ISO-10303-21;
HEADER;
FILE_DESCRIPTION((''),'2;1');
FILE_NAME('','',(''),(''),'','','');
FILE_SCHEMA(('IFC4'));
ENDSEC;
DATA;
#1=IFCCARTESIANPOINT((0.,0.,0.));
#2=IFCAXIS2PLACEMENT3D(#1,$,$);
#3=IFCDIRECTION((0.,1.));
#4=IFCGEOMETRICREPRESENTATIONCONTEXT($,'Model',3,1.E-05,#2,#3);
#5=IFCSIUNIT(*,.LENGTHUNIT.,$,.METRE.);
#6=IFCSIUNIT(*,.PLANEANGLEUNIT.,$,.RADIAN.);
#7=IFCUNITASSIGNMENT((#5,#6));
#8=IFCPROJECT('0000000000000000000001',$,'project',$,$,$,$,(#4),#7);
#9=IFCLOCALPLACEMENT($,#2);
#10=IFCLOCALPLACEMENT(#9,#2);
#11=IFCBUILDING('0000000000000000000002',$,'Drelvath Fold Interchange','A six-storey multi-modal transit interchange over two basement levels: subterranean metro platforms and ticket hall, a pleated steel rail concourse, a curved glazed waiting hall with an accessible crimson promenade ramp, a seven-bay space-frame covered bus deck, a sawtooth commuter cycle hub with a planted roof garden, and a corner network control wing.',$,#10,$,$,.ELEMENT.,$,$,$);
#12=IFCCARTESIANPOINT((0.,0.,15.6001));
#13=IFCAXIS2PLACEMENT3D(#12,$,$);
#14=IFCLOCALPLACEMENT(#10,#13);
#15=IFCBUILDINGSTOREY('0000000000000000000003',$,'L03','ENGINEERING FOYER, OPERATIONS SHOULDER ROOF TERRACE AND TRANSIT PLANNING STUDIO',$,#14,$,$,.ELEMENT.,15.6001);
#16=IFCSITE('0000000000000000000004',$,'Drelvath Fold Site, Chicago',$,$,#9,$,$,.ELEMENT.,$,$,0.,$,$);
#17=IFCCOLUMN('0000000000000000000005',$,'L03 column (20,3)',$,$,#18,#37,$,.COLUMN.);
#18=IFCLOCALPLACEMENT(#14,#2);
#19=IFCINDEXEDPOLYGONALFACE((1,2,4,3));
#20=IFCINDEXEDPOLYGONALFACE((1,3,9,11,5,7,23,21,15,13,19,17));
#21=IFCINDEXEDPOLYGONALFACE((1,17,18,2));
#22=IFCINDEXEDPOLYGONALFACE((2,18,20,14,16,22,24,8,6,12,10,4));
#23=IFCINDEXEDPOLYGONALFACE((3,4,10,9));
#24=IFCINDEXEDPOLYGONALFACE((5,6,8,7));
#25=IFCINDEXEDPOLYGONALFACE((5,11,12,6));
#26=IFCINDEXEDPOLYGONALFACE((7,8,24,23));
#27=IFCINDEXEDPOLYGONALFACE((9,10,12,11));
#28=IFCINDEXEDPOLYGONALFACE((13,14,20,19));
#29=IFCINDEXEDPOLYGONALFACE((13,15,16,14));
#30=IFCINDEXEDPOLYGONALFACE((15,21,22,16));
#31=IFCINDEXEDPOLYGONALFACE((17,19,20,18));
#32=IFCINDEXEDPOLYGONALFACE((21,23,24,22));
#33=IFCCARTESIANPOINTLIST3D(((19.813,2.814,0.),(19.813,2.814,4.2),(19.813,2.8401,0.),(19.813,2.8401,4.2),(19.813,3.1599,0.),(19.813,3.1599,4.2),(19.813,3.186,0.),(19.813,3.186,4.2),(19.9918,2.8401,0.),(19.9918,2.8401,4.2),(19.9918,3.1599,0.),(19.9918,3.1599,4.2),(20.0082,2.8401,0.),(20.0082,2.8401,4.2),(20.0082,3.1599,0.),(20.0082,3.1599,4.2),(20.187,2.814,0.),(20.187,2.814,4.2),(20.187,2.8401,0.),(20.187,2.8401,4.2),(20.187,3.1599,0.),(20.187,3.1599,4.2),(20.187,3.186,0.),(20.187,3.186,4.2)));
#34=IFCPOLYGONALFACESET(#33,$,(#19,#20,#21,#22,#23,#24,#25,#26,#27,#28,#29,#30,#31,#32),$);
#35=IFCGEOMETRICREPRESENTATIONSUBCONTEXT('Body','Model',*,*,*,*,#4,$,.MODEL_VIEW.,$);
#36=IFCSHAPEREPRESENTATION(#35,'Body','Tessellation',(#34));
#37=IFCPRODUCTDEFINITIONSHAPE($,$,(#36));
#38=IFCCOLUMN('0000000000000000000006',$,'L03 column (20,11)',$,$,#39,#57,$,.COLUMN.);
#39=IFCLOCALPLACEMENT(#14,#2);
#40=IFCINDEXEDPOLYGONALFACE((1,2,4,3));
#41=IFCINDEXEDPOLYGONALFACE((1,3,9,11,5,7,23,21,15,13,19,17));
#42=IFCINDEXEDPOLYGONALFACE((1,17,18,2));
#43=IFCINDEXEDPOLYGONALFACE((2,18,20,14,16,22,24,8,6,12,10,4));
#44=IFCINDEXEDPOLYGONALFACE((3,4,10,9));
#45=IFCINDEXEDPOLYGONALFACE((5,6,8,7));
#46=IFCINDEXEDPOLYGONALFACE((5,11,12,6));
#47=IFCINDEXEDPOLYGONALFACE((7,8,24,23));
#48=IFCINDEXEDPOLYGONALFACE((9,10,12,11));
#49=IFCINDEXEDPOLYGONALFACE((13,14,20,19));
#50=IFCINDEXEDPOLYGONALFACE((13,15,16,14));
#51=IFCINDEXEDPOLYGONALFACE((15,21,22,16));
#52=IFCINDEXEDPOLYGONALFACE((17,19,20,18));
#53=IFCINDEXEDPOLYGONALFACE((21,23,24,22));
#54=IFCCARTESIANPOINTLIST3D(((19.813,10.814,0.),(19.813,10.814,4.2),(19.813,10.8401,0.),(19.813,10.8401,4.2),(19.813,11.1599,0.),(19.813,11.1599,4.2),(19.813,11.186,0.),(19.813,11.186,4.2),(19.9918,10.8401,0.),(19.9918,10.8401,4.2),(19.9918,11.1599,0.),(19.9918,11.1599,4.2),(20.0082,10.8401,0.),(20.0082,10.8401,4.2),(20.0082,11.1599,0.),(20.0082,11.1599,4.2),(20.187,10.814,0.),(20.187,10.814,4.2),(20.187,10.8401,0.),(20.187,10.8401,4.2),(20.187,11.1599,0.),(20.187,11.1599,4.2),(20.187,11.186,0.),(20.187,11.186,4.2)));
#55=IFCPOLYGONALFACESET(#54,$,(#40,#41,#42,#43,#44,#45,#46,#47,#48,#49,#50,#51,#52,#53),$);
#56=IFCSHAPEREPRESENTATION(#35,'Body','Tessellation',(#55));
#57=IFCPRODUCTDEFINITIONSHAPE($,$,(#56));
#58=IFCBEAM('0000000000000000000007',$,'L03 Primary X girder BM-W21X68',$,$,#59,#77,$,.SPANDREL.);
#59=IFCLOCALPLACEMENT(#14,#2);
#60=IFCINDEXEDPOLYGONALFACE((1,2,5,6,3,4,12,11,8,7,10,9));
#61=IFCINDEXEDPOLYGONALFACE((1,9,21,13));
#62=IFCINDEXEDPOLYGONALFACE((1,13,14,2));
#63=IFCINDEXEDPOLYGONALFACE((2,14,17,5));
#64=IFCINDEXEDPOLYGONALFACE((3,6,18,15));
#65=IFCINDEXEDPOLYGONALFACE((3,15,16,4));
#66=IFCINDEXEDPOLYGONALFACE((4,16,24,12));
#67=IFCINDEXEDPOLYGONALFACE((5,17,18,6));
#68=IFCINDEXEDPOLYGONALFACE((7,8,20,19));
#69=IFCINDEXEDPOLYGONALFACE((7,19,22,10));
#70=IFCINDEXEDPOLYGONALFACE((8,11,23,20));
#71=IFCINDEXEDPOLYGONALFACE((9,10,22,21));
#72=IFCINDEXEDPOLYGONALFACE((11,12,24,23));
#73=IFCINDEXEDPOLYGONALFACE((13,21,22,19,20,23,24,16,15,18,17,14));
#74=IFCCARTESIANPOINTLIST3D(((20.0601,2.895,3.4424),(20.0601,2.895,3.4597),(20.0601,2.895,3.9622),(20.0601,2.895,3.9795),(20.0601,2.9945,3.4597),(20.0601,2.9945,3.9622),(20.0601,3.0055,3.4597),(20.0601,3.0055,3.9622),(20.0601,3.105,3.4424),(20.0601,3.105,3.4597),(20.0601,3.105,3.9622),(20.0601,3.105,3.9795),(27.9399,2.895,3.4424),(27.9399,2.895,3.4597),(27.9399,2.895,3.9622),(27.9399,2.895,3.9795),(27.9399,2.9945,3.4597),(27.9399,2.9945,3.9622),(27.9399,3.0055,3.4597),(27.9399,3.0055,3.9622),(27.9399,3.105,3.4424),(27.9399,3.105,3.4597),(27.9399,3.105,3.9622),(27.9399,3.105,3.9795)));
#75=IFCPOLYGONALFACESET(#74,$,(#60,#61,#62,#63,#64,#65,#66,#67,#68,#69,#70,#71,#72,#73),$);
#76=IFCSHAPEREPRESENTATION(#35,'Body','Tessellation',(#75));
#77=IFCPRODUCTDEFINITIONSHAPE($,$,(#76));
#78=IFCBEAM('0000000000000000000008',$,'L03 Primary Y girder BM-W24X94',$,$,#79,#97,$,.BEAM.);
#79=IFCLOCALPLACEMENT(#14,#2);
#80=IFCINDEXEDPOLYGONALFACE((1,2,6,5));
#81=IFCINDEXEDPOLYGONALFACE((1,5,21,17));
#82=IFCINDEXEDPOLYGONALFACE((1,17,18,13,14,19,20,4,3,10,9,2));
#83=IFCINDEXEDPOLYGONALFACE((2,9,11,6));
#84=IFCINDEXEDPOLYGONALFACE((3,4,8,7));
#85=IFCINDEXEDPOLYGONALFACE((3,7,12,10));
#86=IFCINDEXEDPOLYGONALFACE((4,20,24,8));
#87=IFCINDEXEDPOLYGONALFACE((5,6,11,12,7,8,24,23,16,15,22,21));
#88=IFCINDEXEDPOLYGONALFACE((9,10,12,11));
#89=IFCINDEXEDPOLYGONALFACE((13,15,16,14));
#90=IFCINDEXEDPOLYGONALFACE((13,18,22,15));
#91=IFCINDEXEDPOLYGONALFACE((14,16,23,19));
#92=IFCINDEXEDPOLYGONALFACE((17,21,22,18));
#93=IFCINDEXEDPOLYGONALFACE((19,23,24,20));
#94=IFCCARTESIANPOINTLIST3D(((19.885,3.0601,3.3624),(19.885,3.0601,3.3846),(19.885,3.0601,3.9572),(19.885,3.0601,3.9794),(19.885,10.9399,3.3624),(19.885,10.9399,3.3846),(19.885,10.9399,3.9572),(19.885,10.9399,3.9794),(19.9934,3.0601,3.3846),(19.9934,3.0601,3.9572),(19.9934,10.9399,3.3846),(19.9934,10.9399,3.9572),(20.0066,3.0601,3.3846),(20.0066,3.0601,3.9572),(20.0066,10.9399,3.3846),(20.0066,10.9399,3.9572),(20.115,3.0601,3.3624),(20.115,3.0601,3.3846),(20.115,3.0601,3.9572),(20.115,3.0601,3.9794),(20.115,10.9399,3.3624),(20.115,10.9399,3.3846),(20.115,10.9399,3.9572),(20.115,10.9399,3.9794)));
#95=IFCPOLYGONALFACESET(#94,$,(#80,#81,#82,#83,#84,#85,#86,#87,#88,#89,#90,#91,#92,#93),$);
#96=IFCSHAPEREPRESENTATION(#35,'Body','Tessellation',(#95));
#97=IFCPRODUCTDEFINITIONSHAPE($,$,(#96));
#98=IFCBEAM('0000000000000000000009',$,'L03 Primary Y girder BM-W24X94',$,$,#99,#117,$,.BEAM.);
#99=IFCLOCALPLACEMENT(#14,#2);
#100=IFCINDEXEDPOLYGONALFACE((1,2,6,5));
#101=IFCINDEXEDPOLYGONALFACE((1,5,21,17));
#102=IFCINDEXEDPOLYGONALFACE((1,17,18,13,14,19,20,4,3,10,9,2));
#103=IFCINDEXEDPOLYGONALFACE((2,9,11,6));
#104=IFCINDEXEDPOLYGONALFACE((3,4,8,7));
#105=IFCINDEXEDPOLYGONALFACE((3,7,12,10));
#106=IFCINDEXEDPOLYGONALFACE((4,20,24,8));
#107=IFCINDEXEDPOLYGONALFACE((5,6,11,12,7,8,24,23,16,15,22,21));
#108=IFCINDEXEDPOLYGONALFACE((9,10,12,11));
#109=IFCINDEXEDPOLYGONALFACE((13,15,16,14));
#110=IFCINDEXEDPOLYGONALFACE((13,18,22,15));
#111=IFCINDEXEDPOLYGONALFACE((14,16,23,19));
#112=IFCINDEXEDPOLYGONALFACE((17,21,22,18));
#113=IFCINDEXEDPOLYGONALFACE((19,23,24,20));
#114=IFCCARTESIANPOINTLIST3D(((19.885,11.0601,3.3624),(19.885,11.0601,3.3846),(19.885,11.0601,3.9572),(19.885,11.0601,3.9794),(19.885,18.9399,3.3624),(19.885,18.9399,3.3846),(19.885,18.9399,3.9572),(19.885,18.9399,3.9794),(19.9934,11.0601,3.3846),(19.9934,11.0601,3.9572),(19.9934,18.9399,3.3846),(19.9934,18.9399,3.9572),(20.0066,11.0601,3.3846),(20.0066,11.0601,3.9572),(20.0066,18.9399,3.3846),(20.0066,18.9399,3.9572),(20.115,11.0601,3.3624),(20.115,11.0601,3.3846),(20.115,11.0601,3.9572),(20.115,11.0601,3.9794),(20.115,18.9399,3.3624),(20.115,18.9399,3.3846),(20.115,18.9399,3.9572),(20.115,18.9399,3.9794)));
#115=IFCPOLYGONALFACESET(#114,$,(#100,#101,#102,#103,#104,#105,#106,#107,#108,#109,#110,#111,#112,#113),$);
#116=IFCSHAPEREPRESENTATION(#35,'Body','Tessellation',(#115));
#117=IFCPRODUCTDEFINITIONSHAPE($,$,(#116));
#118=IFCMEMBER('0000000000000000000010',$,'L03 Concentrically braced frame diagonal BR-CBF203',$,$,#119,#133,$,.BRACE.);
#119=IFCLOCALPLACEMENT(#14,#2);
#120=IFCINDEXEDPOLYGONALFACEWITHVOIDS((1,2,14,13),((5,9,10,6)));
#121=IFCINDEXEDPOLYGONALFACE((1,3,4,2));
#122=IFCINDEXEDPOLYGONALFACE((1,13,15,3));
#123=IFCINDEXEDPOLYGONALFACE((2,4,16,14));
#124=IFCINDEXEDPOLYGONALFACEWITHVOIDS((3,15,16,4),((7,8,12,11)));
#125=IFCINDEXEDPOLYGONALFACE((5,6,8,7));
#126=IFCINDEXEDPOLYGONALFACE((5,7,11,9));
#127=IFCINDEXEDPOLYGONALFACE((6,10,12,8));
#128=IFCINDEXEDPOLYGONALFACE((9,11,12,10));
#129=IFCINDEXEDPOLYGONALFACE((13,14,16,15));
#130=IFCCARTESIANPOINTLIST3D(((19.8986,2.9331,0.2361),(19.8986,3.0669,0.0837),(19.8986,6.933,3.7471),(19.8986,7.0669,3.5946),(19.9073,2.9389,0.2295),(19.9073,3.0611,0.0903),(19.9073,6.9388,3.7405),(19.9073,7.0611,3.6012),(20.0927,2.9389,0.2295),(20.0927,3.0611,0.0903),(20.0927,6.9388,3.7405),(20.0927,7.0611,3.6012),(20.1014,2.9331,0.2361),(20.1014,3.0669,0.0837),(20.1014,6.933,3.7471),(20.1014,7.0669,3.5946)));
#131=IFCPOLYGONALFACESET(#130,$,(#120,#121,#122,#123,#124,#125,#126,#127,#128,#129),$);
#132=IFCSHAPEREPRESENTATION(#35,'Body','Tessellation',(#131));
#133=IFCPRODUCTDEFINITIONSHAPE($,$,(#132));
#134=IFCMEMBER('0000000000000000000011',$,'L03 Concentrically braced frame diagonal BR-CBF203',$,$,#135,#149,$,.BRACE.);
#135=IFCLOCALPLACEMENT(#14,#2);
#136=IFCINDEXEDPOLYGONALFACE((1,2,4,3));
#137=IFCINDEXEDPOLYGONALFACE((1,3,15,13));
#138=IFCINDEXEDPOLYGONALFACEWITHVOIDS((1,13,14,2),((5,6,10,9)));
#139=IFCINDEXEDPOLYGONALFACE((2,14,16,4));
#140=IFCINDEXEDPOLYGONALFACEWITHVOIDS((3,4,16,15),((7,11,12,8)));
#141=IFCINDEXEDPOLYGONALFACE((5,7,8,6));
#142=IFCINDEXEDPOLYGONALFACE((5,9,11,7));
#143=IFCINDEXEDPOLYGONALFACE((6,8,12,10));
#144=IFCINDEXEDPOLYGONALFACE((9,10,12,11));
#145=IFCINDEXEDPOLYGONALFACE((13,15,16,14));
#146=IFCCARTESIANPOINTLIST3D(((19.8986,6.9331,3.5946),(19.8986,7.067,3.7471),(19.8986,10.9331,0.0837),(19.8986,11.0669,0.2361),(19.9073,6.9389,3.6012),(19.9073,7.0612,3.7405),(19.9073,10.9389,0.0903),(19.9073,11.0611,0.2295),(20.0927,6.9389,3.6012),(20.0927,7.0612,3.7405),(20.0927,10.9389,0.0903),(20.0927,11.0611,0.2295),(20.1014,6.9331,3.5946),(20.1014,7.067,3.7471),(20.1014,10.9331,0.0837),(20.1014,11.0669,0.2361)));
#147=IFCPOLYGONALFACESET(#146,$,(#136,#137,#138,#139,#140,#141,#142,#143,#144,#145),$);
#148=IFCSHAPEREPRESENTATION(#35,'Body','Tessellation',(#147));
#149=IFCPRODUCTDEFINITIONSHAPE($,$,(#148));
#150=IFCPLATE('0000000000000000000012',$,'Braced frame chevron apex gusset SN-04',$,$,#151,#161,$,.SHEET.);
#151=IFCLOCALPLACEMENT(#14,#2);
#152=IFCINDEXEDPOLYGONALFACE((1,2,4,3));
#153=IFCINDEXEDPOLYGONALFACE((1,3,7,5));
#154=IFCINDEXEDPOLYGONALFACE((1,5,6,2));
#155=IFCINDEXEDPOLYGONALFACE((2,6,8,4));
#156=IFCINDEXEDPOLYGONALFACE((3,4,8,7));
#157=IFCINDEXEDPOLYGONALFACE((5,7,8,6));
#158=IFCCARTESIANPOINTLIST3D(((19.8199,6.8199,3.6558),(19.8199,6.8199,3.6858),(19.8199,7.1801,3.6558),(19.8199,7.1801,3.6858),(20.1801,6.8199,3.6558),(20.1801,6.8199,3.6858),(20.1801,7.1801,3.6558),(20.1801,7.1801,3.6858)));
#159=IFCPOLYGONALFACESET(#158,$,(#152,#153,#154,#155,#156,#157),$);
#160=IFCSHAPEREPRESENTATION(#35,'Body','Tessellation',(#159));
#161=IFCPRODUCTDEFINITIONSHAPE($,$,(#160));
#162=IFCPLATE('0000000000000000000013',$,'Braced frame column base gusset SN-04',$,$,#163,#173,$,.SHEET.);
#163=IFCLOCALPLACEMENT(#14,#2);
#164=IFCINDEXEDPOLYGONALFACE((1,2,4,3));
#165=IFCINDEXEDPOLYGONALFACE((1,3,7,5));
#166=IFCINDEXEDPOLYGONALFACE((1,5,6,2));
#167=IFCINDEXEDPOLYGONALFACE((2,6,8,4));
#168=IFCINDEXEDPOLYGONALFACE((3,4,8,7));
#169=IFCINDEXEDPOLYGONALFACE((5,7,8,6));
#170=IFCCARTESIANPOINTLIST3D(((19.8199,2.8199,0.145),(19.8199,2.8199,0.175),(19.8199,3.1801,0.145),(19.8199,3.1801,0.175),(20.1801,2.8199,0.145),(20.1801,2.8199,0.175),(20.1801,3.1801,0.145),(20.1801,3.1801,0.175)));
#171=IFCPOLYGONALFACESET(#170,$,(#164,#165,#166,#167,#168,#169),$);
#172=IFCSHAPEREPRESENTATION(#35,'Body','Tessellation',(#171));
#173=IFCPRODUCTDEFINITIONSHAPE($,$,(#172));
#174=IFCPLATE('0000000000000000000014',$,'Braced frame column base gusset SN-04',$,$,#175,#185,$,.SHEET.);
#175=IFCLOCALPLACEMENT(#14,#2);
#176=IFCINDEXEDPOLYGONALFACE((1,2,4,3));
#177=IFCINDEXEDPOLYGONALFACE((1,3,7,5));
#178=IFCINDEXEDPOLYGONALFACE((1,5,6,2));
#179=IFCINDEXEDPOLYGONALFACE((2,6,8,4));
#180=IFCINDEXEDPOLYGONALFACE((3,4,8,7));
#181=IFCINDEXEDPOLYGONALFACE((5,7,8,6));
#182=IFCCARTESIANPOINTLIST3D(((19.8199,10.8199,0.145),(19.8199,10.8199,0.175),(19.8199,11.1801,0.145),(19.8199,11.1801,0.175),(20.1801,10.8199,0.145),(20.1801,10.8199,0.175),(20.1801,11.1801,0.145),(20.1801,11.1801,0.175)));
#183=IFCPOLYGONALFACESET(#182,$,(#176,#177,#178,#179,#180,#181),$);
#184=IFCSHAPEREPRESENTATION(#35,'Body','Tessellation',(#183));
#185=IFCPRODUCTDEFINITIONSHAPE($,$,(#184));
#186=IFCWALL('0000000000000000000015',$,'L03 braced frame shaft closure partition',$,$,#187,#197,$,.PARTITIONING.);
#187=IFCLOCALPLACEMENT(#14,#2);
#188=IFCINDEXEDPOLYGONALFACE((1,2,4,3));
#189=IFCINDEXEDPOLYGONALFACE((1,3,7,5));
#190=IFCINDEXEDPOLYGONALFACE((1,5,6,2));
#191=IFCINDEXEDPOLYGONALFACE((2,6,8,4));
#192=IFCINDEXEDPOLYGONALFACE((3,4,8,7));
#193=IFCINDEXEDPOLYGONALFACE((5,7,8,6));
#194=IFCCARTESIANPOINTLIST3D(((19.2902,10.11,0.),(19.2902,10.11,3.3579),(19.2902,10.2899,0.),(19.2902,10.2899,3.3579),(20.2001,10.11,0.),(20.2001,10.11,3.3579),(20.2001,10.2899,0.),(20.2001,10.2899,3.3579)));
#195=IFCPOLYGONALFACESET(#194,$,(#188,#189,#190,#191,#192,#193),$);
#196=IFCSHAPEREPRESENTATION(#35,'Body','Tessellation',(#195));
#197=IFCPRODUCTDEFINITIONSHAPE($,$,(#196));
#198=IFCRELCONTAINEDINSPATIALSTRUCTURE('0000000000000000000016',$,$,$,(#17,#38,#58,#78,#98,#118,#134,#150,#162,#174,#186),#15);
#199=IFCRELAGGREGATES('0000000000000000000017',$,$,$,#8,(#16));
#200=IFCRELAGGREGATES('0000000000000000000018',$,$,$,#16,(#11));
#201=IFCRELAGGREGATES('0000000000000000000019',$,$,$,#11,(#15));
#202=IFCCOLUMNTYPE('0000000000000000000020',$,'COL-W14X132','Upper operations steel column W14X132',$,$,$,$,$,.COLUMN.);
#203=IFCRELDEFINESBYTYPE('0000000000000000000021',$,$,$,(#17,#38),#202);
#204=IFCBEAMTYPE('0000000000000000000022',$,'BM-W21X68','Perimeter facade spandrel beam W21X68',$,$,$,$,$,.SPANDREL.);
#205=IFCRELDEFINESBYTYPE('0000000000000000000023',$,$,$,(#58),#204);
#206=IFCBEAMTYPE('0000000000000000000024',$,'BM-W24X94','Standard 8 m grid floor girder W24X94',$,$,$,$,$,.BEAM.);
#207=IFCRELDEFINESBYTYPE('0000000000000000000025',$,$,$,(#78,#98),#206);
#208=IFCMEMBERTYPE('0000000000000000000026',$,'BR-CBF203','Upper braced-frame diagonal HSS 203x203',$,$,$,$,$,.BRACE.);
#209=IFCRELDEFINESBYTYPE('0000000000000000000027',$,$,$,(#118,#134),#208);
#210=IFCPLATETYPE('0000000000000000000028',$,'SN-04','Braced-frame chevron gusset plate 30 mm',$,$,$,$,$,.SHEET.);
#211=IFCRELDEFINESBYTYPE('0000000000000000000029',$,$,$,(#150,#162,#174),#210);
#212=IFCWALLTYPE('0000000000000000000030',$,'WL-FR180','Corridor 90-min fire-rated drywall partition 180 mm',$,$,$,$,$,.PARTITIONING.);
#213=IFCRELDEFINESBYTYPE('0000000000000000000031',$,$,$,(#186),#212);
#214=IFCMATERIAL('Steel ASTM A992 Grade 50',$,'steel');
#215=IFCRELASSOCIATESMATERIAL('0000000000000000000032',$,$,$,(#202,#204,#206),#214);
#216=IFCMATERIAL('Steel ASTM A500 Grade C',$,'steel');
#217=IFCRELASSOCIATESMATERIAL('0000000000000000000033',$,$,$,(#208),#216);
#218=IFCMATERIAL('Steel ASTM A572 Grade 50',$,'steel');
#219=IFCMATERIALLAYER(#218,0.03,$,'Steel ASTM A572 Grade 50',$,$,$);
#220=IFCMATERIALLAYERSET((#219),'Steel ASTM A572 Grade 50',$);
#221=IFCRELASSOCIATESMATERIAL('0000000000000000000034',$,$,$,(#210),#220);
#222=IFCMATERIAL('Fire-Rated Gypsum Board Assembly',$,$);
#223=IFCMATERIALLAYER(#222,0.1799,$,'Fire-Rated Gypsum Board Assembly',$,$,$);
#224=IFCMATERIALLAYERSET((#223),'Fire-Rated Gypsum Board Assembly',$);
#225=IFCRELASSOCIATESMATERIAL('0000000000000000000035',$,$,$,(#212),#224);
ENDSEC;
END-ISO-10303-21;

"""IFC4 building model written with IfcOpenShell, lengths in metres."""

from ifc_helpers import new_model, si_unit, direction, frame, frame_2d, origin, origin_2d, place, context, subcontext, project, spatial, rectangle, hollow_rectangle, i_section, extrude, material, layer, layer_set, material_profile, profile_set, type_object, element, save


model = new_model("IFC4")

# Units and contexts
model_context = context("Model", 3, precision=1e-05, world=origin(), true_north=direction((0.0, 1.0)))
body_context = subcontext(model_context, "Body", "Model", "MODEL_VIEW")
ifc_project = project(units=[si_unit("LENGTHUNIT", "METRE"), si_unit("PLANEANGLEUNIT", "RADIAN")], contexts=[model_context])

# Site, building, storey
site_placement = place(None, origin())
site = spatial("IfcSite", under=ifc_project, at=site_placement, Name="Drelvath Fold Site, Chicago", CompositionType="ELEMENT", RefElevation=0.0)
building_placement = place(site_placement, origin())
building = spatial("IfcBuilding", under=site, at=building_placement, Name="Drelvath Fold Interchange", Description="A six-storey multi-modal transit interchange over two basement levels: subterranean metro platforms and ticket hall, a pleated steel rail concourse, a curved glazed waiting hall with an accessible crimson promenade ramp, a seven-bay space-frame covered bus deck, a sawtooth commuter cycle hub with a planted roof garden, and a corner network control wing.", CompositionType="ELEMENT")
storey_placement = place(building_placement, frame((0.0, 0.0, 15.6001)))
storey = spatial("IfcBuildingStorey", under=building, at=storey_placement, Name="L03", Description="ENGINEERING FOYER, OPERATIONS SHOULDER ROOF TERRACE AND TRANSIT PLANNING STUDIO", CompositionType="ELEMENT", Elevation=15.6001)

# Columns
ifc_material_1 = material(Name="Steel ASTM A992 Grade 50", Category="steel")
ifc_material_profile_1 = material_profile(ifc_material_1, i_section(OverallWidth=0.374, OverallDepth=0.3721, WebThickness=0.0164, FlangeThickness=0.0261, at=origin_2d()), Name="W14X132")
ifc_profile_set_1 = profile_set([ifc_material_profile_1], Name="Steel ASTM A992 Grade 50")
column_type = type_object("IfcColumnType", Name="COL-W14X132", Description="Upper operations steel column W14X132", PredefinedType="COLUMN", material=ifc_profile_set_1)
for number, where, z_axis, x_axis, name in (
    (1, (20.0, 3.0, 0.0), (0.0, 0.0, 1.0), (1.0, 0.0, 0.0), "L03 column (20,3)"),
    (2, (20.0, 11.0, 0.0), (0.0, 0.0, 1.0), (1.0, 0.0, 0.0), "L03 column (20,11)"),
):
    element("IfcColumn", number, at=place(storey_placement, frame(where, z_axis=z_axis, x_axis=x_axis)), inside=storey, type_object=column_type, Name=name, PredefinedType="COLUMN", context=body_context, shape_type="SweptSolid", body=[
        extrude(i_section(OverallWidth=0.374, OverallDepth=0.3721, WebThickness=0.0164, FlangeThickness=0.0261, at=origin_2d()), origin(), (0.0, 0.0, 1.0), 4.2),
    ])

# Beams
ifc_material_profile_2 = material_profile(ifc_material_1, i_section(OverallWidth=0.21, OverallDepth=0.5371, WebThickness=0.011, FlangeThickness=0.0173, at=origin_2d()), Name="W21X68")
ifc_profile_set_2 = profile_set([ifc_material_profile_2], Name="Steel ASTM A992 Grade 50")
beam_type_1 = type_object("IfcBeamType", Name="BM-W21X68", Description="Perimeter facade spandrel beam W21X68", PredefinedType="SPANDREL", material=ifc_profile_set_2)
beam_placement = place(storey_placement, frame((20.0601, 3.0, 3.7109), z_axis=(1.0, 0.0, 0.0), x_axis=(0.0, 1.0, 0.0)))
element("IfcBeam", 3, at=beam_placement, inside=storey, type_object=beam_type_1, Name="L03 Primary X girder BM-W21X68", PredefinedType="SPANDREL", context=body_context, shape_type="SweptSolid", body=[
    extrude(i_section(OverallWidth=0.21, OverallDepth=0.5371, WebThickness=0.011, FlangeThickness=0.0173, at=origin_2d()), origin(), (0.0, 0.0, 1.0), 7.8799),
])
ifc_material_profile_3 = material_profile(ifc_material_1, i_section(OverallWidth=0.23, OverallDepth=0.6169, WebThickness=0.0132, FlangeThickness=0.0222, at=origin_2d()), Name="W24X94")
ifc_profile_set_3 = profile_set([ifc_material_profile_3], Name="Steel ASTM A992 Grade 50")
beam_type_2 = type_object("IfcBeamType", Name="BM-W24X94", Description="Standard 8 m grid floor girder W24X94", PredefinedType="BEAM", material=ifc_profile_set_3)
for number, where, z_axis, x_axis, name in (
    (4, (20.0, 3.0601, 3.6709), (0.0, 1.0, 0.0), (-1.0, 0.0, 0.0), "L03 Primary Y girder BM-W24X94"),
    (5, (20.0, 11.0601, 3.6709), (0.0, 1.0, 0.0), (-1.0, 0.0, 0.0), "L03 Primary Y girder BM-W24X94"),
):
    element("IfcBeam", number, at=place(storey_placement, frame(where, z_axis=z_axis, x_axis=x_axis)), inside=storey, type_object=beam_type_2, Name=name, PredefinedType="BEAM", context=body_context, shape_type="SweptSolid", body=[
        extrude(i_section(OverallWidth=0.23, OverallDepth=0.6169, WebThickness=0.0132, FlangeThickness=0.0222, at=origin_2d()), origin(), (0.0, 0.0, 1.0), 7.8799),
    ])

# Members
ifc_material_2 = material(Name="Steel ASTM A500 Grade C", Category="steel")
ifc_material_profile_4 = material_profile(ifc_material_2, hollow_rectangle(XDim=0.2029, YDim=0.2029, WallThickness=0.0088, at=origin_2d()), Name="HSS8X8X3/8")
ifc_profile_set_4 = profile_set([ifc_material_profile_4], Name="Steel ASTM A500 Grade C")
member_type = type_object("IfcMemberType", Name="BR-CBF203", Description="Upper braced-frame diagonal HSS 203x203", PredefinedType="BRACE", material=ifc_profile_set_4)
for number, where, z_axis, x_axis, name in (
    (6, (20.0, 3.0, 0.1599), (0.0, 0.751553, 0.659673), (-1.0, 0.0, 0.0), "L03 Concentrically braced frame diagonal BR-CBF203"),
    (7, (20.0, 11.0, 0.1599), (0.0, -0.751553, 0.659673), (1.0, 0.0, 0.0), "L03 Concentrically braced frame diagonal BR-CBF203"),
):
    element("IfcMember", number, at=place(storey_placement, frame(where, z_axis=z_axis, x_axis=x_axis)), inside=storey, type_object=member_type, Name=name, PredefinedType="BRACE", context=body_context, shape_type="SweptSolid", body=[
        extrude(hollow_rectangle(XDim=0.2029, YDim=0.2029, WallThickness=0.0088, at=origin_2d()), origin(), (0.0, 0.0, 1.0), 5.3223),
    ])

# Plates
ifc_material_3 = material(Name="Steel ASTM A572 Grade 50", Category="steel")
ifc_layer_1 = layer(ifc_material_3, 0.03, Name="Steel ASTM A572 Grade 50")
ifc_layer_set_1 = layer_set([ifc_layer_1], Name="Steel ASTM A572 Grade 50")
plate_type = type_object("IfcPlateType", Name="SN-04", Description="Braced-frame chevron gusset plate 30 mm", PredefinedType="SHEET", material=ifc_layer_set_1)
for number, where, z_axis, x_axis, name in (
    (8, (20.0, 7.0, 3.6558), (0.0, 0.0, 1.0), (1.0, 0.0, 0.0), "Braced frame chevron apex gusset SN-04"),
    (9, (20.0, 3.0, 0.145), (0.0, 0.0, 1.0), (1.0, 0.0, 0.0), "Braced frame column base gusset SN-04"),
    (10, (20.0, 11.0, 0.145), (0.0, 0.0, 1.0), (1.0, 0.0, 0.0), "Braced frame column base gusset SN-04"),
):
    element("IfcPlate", number, at=place(storey_placement, frame(where, z_axis=z_axis, x_axis=x_axis)), inside=storey, type_object=plate_type, Name=name, PredefinedType="SHEET", context=body_context, shape_type="SweptSolid", body=[
        extrude(rectangle(XDim=0.3601, YDim=0.3601, at=origin_2d()), origin(), (0.0, 0.0, 1.0), 0.03),
    ])

# Wall
ifc_material_4 = material(Name="Fire-Rated Gypsum Board Assembly")
ifc_layer_2 = layer(ifc_material_4, 0.1799, Name="Fire-Rated Gypsum Board Assembly")
ifc_layer_set_2 = layer_set([ifc_layer_2], Name="Fire-Rated Gypsum Board Assembly")
wall_type_1 = type_object("IfcWallType", Name="WL-FR180", Description="Corridor 90-min fire-rated drywall partition 180 mm", PredefinedType="PARTITIONING", material=ifc_layer_set_2)
wall_1_placement = place(storey_placement, frame((19.29, 10.2, 0.0), z_axis=(0.0, 0.0, 1.0), x_axis=(1.0, 0.0, 0.0)))
element("IfcWall", 11, at=wall_1_placement, inside=storey, type_object=wall_type_1, Name="L03 braced frame shaft closure partition", PredefinedType="PARTITIONING", context=body_context, shape_type="SweptSolid", body=[
    extrude(rectangle(XDim=0.9099, YDim=0.1799, at=frame_2d((0.4551, 0.0))), origin(), (0.0, 0.0, 1.0), 3.3579),
])

save(model, "model.ifc")
